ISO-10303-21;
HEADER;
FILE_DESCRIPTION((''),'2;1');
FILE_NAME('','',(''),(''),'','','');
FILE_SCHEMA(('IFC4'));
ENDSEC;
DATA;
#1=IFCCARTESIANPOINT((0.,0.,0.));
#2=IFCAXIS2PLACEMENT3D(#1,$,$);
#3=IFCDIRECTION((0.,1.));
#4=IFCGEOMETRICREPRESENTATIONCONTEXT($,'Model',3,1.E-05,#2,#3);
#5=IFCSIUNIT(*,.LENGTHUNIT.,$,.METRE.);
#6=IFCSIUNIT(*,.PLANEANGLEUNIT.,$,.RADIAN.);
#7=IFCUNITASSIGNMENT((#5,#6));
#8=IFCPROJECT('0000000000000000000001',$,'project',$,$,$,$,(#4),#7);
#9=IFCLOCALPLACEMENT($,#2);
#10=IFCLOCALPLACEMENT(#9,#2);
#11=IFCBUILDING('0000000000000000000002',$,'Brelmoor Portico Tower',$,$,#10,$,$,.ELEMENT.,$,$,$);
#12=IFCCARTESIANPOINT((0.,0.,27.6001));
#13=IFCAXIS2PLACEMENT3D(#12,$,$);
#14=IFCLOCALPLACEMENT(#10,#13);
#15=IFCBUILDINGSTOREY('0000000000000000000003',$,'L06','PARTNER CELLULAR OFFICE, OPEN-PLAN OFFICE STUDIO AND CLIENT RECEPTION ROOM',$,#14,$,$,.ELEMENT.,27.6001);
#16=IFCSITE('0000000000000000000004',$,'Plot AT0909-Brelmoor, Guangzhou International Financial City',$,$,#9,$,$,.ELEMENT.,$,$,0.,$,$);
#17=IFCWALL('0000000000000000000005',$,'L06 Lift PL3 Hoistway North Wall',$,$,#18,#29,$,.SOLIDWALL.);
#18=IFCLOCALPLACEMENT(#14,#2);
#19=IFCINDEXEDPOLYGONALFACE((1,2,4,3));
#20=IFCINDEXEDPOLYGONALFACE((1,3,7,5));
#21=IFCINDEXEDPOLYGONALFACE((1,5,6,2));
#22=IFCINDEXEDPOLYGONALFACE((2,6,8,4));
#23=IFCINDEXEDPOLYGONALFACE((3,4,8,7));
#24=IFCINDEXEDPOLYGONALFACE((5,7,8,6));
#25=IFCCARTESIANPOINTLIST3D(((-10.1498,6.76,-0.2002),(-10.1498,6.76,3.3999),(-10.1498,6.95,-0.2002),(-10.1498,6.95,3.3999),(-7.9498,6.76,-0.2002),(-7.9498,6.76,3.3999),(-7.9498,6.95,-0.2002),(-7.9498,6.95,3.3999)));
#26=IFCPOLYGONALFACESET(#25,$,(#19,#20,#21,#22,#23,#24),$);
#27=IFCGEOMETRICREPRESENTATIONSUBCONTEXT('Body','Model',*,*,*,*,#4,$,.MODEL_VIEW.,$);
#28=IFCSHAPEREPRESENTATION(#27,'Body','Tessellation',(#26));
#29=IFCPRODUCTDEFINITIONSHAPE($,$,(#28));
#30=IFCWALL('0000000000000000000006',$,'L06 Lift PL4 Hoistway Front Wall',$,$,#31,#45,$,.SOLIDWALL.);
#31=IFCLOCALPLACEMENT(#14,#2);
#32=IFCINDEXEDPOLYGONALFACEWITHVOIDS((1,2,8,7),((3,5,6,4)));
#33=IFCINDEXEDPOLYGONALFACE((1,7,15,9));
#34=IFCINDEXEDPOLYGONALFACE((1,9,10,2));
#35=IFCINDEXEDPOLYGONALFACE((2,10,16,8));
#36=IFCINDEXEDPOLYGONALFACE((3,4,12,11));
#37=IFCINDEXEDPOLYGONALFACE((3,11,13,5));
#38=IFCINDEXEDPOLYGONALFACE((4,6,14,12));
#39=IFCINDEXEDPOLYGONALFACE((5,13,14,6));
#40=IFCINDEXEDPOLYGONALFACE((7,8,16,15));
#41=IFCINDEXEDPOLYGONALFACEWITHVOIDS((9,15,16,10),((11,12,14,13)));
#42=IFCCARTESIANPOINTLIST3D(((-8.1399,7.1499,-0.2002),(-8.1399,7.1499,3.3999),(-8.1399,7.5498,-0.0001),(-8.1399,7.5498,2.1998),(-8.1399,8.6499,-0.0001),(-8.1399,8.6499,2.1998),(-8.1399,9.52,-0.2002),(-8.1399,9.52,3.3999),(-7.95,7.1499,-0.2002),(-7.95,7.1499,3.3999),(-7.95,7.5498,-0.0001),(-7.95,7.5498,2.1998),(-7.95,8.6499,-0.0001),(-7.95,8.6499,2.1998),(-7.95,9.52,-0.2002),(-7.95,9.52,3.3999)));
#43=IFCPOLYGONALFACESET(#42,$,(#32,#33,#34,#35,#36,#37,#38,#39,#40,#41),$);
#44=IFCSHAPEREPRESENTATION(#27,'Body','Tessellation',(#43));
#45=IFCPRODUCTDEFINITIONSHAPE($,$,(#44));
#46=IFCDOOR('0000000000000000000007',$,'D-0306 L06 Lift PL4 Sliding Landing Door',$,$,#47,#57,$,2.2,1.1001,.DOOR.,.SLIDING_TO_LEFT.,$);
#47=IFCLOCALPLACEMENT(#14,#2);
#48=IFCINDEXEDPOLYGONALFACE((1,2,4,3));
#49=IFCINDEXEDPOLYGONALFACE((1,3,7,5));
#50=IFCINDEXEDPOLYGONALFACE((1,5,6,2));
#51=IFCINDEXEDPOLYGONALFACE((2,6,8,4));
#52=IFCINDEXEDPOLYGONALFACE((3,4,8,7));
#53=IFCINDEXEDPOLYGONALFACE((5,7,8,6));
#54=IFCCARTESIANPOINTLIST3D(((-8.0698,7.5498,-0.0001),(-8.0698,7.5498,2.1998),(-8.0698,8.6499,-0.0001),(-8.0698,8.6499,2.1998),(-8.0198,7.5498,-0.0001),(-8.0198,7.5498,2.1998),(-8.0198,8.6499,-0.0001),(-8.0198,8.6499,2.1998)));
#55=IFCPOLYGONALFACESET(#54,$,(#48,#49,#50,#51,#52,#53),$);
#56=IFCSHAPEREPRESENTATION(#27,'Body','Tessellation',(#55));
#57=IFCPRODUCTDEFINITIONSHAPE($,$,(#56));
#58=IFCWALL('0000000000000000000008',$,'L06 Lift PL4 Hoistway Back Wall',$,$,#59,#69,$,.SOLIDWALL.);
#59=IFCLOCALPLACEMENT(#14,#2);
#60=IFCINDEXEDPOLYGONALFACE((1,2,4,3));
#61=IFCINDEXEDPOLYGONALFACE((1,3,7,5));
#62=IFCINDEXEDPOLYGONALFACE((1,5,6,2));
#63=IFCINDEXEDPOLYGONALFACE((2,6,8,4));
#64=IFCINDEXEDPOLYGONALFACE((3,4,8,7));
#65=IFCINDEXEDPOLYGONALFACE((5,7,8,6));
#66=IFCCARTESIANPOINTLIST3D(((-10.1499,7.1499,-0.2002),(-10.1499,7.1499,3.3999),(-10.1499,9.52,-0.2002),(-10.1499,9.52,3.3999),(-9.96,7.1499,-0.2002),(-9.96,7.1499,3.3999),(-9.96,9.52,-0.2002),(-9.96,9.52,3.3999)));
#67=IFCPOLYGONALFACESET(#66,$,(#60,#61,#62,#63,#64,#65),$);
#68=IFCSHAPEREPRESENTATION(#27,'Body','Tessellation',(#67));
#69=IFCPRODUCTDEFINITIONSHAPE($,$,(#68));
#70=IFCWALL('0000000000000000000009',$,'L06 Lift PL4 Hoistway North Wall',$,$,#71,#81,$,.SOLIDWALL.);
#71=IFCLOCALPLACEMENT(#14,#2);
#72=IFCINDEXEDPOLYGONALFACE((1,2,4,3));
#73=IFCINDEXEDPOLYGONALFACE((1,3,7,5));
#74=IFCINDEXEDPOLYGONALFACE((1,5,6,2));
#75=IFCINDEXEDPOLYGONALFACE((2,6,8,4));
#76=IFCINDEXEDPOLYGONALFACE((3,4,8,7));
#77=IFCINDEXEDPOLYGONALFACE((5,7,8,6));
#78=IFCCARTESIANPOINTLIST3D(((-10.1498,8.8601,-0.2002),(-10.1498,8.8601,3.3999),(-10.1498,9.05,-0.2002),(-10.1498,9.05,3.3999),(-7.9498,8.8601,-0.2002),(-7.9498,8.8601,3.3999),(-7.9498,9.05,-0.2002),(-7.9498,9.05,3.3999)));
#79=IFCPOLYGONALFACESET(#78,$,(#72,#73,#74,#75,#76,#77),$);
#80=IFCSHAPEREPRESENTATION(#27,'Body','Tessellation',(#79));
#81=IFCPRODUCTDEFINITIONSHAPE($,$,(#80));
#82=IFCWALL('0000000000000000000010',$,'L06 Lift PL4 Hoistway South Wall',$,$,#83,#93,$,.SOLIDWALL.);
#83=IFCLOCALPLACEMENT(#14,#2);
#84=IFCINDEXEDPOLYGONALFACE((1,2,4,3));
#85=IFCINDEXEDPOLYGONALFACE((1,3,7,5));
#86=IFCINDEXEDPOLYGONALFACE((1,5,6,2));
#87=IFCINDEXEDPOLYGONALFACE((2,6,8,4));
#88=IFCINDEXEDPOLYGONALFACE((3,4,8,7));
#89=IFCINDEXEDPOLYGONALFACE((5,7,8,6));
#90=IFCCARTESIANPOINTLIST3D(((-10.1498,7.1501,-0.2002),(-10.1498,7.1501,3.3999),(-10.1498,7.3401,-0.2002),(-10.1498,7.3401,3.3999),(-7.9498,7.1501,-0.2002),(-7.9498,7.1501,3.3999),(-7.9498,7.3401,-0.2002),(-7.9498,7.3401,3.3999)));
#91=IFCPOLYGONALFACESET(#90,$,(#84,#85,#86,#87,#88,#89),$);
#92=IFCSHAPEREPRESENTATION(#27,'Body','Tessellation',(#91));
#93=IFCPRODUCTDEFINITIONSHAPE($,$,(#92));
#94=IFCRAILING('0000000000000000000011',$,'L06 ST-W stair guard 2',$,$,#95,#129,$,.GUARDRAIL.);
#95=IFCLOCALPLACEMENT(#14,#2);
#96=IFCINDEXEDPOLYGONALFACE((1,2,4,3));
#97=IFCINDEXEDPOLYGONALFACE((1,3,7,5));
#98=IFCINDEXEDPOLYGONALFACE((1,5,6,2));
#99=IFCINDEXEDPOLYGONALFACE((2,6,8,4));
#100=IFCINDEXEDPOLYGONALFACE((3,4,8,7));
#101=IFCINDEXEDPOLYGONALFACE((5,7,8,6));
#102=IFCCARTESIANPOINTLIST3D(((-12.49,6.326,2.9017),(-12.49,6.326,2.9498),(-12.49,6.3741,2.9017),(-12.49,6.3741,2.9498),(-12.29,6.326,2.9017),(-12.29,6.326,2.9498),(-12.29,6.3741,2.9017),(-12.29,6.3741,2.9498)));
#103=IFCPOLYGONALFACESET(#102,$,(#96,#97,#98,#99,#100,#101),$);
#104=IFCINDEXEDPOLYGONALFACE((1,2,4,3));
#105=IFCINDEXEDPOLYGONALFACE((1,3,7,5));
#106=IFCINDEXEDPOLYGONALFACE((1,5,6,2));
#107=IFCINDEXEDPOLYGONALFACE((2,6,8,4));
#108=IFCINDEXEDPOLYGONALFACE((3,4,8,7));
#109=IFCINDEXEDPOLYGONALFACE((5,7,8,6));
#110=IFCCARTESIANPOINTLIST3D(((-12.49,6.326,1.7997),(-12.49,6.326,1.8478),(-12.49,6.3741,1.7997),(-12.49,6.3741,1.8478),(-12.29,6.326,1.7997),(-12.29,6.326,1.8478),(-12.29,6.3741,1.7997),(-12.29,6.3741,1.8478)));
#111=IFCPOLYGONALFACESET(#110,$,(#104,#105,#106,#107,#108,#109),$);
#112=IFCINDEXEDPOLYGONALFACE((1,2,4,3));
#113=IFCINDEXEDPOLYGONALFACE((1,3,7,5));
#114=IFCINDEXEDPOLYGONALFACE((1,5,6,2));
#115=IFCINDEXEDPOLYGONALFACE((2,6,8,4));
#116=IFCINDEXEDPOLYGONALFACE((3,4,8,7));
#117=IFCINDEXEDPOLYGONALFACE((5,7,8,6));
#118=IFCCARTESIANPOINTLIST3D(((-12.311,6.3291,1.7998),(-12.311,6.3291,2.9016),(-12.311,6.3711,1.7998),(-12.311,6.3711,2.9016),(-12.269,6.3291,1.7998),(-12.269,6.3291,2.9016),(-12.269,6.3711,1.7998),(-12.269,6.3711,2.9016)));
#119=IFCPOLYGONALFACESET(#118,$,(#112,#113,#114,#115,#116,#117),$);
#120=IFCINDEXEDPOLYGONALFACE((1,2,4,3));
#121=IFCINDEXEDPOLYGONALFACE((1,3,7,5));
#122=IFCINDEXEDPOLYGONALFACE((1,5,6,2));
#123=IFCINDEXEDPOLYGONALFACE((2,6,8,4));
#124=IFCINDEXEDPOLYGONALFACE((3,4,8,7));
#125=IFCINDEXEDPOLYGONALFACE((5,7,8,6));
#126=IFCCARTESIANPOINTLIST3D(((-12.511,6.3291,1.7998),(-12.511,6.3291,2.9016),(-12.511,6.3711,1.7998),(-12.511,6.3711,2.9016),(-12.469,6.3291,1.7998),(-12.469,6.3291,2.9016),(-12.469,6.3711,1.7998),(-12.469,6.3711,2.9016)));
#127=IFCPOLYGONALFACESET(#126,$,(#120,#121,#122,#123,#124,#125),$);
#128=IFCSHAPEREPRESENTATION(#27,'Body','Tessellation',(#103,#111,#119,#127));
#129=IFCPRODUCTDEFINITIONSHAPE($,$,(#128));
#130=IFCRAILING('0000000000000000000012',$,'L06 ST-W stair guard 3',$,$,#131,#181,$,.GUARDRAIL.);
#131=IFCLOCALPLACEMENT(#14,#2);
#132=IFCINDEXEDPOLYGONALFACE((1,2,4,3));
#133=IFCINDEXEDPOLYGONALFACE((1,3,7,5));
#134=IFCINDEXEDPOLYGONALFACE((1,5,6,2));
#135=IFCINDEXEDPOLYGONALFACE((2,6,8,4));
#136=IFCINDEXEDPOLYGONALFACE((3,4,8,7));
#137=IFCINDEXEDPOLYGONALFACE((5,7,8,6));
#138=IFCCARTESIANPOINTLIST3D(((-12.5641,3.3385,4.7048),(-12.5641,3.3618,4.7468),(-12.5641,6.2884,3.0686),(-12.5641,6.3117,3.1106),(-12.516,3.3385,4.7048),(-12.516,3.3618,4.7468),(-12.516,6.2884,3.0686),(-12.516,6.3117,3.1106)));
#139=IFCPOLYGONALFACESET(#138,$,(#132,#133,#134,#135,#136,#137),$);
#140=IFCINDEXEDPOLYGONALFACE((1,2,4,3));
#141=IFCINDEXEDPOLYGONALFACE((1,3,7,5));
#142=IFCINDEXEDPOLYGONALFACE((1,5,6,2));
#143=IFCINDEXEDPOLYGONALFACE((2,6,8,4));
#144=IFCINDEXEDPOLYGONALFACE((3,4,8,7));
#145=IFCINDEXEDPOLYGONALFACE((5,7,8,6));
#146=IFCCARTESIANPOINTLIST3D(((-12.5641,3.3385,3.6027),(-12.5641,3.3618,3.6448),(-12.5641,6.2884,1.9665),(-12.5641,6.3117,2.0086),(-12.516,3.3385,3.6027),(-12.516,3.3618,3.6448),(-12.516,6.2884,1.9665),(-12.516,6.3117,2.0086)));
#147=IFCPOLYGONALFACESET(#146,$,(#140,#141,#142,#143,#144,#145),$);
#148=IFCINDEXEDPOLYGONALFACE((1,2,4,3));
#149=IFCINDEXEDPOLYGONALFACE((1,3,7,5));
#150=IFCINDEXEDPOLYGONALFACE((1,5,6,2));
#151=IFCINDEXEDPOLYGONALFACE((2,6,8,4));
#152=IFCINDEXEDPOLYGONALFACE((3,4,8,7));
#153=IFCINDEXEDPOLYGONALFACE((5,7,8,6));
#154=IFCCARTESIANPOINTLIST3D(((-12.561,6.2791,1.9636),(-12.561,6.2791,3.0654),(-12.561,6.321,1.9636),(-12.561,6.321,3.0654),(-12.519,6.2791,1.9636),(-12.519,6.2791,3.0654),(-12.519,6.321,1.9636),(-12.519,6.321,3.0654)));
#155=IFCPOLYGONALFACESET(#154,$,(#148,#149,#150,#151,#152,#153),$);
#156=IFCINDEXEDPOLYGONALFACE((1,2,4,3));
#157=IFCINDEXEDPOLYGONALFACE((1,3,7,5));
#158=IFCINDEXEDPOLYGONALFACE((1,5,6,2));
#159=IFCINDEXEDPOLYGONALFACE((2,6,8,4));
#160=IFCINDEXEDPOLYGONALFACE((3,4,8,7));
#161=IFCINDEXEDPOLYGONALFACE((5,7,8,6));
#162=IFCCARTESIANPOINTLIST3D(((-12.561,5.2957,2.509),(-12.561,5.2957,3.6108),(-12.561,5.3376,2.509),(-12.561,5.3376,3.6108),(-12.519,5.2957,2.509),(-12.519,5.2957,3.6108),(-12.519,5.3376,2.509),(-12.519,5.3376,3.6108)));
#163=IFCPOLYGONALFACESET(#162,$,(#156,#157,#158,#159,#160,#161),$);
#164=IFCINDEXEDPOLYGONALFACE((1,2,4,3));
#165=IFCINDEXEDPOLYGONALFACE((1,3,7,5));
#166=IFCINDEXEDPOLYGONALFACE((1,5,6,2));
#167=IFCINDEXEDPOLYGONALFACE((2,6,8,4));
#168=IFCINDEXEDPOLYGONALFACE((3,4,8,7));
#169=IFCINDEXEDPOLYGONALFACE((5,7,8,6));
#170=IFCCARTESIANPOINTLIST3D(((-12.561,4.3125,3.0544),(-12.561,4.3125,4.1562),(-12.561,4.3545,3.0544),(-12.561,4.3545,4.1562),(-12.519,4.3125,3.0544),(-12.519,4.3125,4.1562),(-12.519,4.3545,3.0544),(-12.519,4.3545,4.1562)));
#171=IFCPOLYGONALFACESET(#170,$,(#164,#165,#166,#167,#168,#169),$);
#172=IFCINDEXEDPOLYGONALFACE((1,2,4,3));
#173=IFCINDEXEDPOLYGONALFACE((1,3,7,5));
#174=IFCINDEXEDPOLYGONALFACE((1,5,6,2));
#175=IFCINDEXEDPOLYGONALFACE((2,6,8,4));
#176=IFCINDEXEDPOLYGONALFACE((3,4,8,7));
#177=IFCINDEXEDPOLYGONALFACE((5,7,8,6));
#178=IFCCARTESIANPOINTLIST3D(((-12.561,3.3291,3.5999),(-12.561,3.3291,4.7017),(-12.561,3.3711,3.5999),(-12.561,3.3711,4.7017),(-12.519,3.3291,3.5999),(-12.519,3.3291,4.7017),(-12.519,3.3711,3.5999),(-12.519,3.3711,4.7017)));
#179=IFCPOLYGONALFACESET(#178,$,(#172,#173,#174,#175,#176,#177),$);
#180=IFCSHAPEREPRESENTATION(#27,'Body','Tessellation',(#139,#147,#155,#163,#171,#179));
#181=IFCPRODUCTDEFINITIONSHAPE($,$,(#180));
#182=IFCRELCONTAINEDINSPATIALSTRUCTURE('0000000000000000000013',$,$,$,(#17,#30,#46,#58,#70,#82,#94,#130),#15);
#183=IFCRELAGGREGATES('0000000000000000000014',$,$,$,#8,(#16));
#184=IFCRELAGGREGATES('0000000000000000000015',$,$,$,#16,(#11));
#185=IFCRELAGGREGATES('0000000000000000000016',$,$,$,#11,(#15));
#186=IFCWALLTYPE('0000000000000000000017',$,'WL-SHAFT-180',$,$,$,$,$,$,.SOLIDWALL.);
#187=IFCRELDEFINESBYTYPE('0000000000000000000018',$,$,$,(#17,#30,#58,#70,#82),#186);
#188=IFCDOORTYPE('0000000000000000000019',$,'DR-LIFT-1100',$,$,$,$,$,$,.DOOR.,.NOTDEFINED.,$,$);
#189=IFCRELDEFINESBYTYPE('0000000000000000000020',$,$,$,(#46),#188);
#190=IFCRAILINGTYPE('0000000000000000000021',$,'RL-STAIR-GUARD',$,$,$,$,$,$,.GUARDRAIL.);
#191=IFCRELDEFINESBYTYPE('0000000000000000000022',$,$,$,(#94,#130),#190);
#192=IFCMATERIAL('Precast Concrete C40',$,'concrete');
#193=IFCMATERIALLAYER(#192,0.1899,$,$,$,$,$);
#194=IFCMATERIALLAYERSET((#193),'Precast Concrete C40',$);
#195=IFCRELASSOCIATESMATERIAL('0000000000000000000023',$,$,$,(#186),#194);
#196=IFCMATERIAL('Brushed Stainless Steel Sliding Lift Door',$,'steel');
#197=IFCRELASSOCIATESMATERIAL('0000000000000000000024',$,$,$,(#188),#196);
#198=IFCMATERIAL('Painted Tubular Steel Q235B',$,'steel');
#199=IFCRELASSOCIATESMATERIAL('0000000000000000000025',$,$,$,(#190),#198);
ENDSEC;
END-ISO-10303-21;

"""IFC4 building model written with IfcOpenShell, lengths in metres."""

from ifc_helpers import new_model, si_unit, direction, frame, frame_2d, origin, origin_2d, place, context, subcontext, project, spatial, rectangle, extrude, material, layer, layer_set, type_object, element, fill, save


model = new_model("IFC4")

# Units and contexts
model_context = context("Model", 3, precision=1e-05, world=origin(), true_north=direction((0.0, 1.0)))
body_context = subcontext(model_context, "Body", "Model", "MODEL_VIEW")
ifc_project = project(units=[si_unit("LENGTHUNIT", "METRE"), si_unit("PLANEANGLEUNIT", "RADIAN")], contexts=[model_context])

# Site, building, storey
site_placement = place(None, origin())
site = spatial("IfcSite", under=ifc_project, at=site_placement, Name="Plot AT0909-Brelmoor, Guangzhou International Financial City", CompositionType="ELEMENT", RefElevation=0.0)
building_placement = place(site_placement, origin())
building = spatial("IfcBuilding", under=site, at=building_placement, Name="Brelmoor Portico Tower", CompositionType="ELEMENT")
storey_placement = place(building_placement, frame((0.0, 0.0, 27.6001)))
storey = spatial("IfcBuildingStorey", under=building, at=storey_placement, Name="L06", Description="PARTNER CELLULAR OFFICE, OPEN-PLAN OFFICE STUDIO AND CLIENT RECEPTION ROOM", CompositionType="ELEMENT", Elevation=27.6001)

# Wall
ifc_material_1 = material(Name="Precast Concrete C40", Category="concrete")
ifc_layer_1 = layer(ifc_material_1, 0.1899)
ifc_layer_set_1 = layer_set([ifc_layer_1], Name="Precast Concrete C40")
wall_type_1 = type_object("IfcWallType", Name="WL-SHAFT-180", PredefinedType="SOLIDWALL", material=ifc_layer_set_1)
wall_1_placement = place(storey_placement, frame((-10.1499, 6.855, -0.2002), z_axis=(0.0, 0.0, 1.0), x_axis=(1.0, 0.0, 0.0)))
element("IfcWall", 1, at=wall_1_placement, inside=storey, type_object=wall_type_1, Name="L06 Lift PL3 Hoistway North Wall", PredefinedType="SOLIDWALL", context=body_context, shape_type="SweptSolid", body=[
    extrude(rectangle(XDim=2.2, YDim=0.1899, at=frame_2d((1.1001, 0.0))), origin(), (0.0, 0.0, 1.0), 3.6001),
])

# Wall, opening, door
wall_2_placement = place(storey_placement, frame((-8.0449, 7.1499, -0.2002), z_axis=(0.0, 0.0, 1.0), x_axis=(0.0, 1.0, 0.0)))
wall_2 = element("IfcWall", 2, at=wall_2_placement, inside=storey, type_object=wall_type_1, Name="L06 Lift PL4 Hoistway Front Wall", PredefinedType="SOLIDWALL", context=body_context, shape_type="SweptSolid", body=[
    extrude(rectangle(XDim=2.3701, YDim=0.1899, at=frame_2d((1.1851, 0.0))), origin(), (0.0, 0.0, 1.0), 3.6001),
])
opening_1_placement = place(wall_2_placement, frame((0.3999, 0.0, 0.2)))
opening_1 = element("IfcOpeningElement", 3, at=opening_1_placement, cuts=wall_2, PredefinedType="OPENING", context=body_context, shape_type="SweptSolid", body=[
    extrude(rectangle(XDim=1.1001, YDim=2.2, at=frame_2d((0.55, 1.1001))), frame((0.0, 0.105, 0.0), z_axis=(0.0, -1.0, 0.0), x_axis=(1.0, 0.0, 0.0)), (0.0, 0.0, 1.0), 0.21),
])
ifc_material_2 = material(Name="Brushed Stainless Steel Sliding Lift Door", Category="steel")
door_type_1 = type_object("IfcDoorType", Name="DR-LIFT-1100", OperationType="NOTDEFINED", PredefinedType="DOOR", material=ifc_material_2)
door_1_placement = place(opening_1_placement, origin())
door_1 = element("IfcDoor", 4, at=door_1_placement, inside=storey, type_object=door_type_1, Name="D-0306 L06 Lift PL4 Sliding Landing Door", OperationType="SLIDING_TO_LEFT", OverallHeight=2.2, OverallWidth=1.1001, PredefinedType="DOOR", context=body_context, shape_type="SweptSolid", body=[
    extrude(rectangle(XDim=1.1001, YDim=2.2, at=frame_2d((0.55, 1.1001))), frame((0.0, 0.0249, 0.0), z_axis=(0.0, -1.0, 0.0), x_axis=(1.0, 0.0, 0.0)), (0.0, 0.0, 1.0), 0.05),
])
fill(opening_1, door_1)

# Walls
wall_3_placement = place(storey_placement, frame((-10.0549, 7.1499, -0.2002), z_axis=(0.0, 0.0, 1.0), x_axis=(0.0, 1.0, 0.0)))
element("IfcWall", 5, at=wall_3_placement, inside=storey, type_object=wall_type_1, Name="L06 Lift PL4 Hoistway Back Wall", PredefinedType="SOLIDWALL", context=body_context, shape_type="SweptSolid", body=[
    extrude(rectangle(XDim=2.3701, YDim=0.1899, at=frame_2d((1.1851, 0.0))), origin(), (0.0, 0.0, 1.0), 3.6001),
])
for number, where, z_axis, x_axis, name in (
    (6, (-10.1499, 8.9551, -0.2002), (0.0, 0.0, 1.0), (1.0, 0.0, 0.0), "L06 Lift PL4 Hoistway North Wall"),
    (7, (-10.1499, 7.2451, -0.2002), (0.0, 0.0, 1.0), (1.0, 0.0, 0.0), "L06 Lift PL4 Hoistway South Wall"),
):
    element("IfcWall", number, at=place(storey_placement, frame(where, z_axis=z_axis, x_axis=x_axis)), inside=storey, type_object=wall_type_1, Name=name, PredefinedType="SOLIDWALL", context=body_context, shape_type="SweptSolid", body=[
        extrude(rectangle(XDim=2.2, YDim=0.1899, at=frame_2d((1.1001, 0.0))), origin(), (0.0, 0.0, 1.0), 3.6001),
    ])

# Railings
ifc_material_3 = material(Name="Painted Tubular Steel Q235B", Category="steel")
railing_type = type_object("IfcRailingType", Name="RL-STAIR-GUARD", PredefinedType="GUARDRAIL", material=ifc_material_3)
railing_1_placement = place(storey_placement, frame((-12.29, 6.3501, 1.7998)))
element("IfcRailing", 8, at=railing_1_placement, inside=storey, type_object=railing_type, Name="L06 ST-W stair guard 2", PredefinedType="GUARDRAIL", context=body_context, shape_type="SweptSolid", body=[
    extrude(rectangle(XDim=0.0481, YDim=0.0481, at=origin_2d()), frame((0.0, 0.0, 1.126), z_axis=(-1.0, 0.0, 0.0), x_axis=(0.0, -1.0, 0.0)), (0.0, 0.0, 1.0), 0.2),
    extrude(rectangle(XDim=0.0481, YDim=0.0481, at=origin_2d()), frame((0.0, 0.0, 0.0239), z_axis=(-1.0, 0.0, 0.0), x_axis=(0.0, -1.0, 0.0)), (0.0, 0.0, 1.0), 0.2),
    extrude(rectangle(XDim=0.042, YDim=0.042, at=origin_2d()), origin(), (0.0, 0.0, 1.0), 1.1018),
    extrude(rectangle(XDim=0.042, YDim=0.042, at=origin_2d()), frame((-0.2, 0.0, 0.0)), (0.0, 0.0, 1.0), 1.1018),
])
railing_2_placement = place(storey_placement, frame((-12.54, 6.3, 1.9636)))
element("IfcRailing", 9, at=railing_2_placement, inside=storey, type_object=railing_type, Name="L06 ST-W stair guard 3", PredefinedType="GUARDRAIL", context=body_context, shape_type="SweptSolid", body=[
    extrude(rectangle(XDim=0.0481, YDim=0.0481, at=origin_2d()), frame((0.0, 0.0, 1.126), z_axis=(0.0, -0.874488, 0.485047), x_axis=(1.0, 0.0, 0.0)), (0.0, 0.0, 1.0), 3.3733),
    extrude(rectangle(XDim=0.0481, YDim=0.0481, at=origin_2d()), frame((0.0, 0.0, 0.0239), z_axis=(0.0, -0.874488, 0.485047), x_axis=(1.0, 0.0, 0.0)), (0.0, 0.0, 1.0), 3.3733),
    extrude(rectangle(XDim=0.042, YDim=0.042, at=origin_2d()), origin(), (0.0, 0.0, 1.0), 1.1018),
    extrude(rectangle(XDim=0.042, YDim=0.042, at=origin_2d()), frame((0.0, -0.9834, 0.5454)), (0.0, 0.0, 1.0), 1.1018),
    extrude(rectangle(XDim=0.042, YDim=0.042, at=origin_2d()), frame((0.0, -1.9666, 1.0908)), (0.0, 0.0, 1.0), 1.1018),
    extrude(rectangle(XDim=0.042, YDim=0.042, at=origin_2d()), frame((0.0, -2.95, 1.6362)), (0.0, 0.0, 1.0), 1.1018),
])

save(model, "model.ifc")
